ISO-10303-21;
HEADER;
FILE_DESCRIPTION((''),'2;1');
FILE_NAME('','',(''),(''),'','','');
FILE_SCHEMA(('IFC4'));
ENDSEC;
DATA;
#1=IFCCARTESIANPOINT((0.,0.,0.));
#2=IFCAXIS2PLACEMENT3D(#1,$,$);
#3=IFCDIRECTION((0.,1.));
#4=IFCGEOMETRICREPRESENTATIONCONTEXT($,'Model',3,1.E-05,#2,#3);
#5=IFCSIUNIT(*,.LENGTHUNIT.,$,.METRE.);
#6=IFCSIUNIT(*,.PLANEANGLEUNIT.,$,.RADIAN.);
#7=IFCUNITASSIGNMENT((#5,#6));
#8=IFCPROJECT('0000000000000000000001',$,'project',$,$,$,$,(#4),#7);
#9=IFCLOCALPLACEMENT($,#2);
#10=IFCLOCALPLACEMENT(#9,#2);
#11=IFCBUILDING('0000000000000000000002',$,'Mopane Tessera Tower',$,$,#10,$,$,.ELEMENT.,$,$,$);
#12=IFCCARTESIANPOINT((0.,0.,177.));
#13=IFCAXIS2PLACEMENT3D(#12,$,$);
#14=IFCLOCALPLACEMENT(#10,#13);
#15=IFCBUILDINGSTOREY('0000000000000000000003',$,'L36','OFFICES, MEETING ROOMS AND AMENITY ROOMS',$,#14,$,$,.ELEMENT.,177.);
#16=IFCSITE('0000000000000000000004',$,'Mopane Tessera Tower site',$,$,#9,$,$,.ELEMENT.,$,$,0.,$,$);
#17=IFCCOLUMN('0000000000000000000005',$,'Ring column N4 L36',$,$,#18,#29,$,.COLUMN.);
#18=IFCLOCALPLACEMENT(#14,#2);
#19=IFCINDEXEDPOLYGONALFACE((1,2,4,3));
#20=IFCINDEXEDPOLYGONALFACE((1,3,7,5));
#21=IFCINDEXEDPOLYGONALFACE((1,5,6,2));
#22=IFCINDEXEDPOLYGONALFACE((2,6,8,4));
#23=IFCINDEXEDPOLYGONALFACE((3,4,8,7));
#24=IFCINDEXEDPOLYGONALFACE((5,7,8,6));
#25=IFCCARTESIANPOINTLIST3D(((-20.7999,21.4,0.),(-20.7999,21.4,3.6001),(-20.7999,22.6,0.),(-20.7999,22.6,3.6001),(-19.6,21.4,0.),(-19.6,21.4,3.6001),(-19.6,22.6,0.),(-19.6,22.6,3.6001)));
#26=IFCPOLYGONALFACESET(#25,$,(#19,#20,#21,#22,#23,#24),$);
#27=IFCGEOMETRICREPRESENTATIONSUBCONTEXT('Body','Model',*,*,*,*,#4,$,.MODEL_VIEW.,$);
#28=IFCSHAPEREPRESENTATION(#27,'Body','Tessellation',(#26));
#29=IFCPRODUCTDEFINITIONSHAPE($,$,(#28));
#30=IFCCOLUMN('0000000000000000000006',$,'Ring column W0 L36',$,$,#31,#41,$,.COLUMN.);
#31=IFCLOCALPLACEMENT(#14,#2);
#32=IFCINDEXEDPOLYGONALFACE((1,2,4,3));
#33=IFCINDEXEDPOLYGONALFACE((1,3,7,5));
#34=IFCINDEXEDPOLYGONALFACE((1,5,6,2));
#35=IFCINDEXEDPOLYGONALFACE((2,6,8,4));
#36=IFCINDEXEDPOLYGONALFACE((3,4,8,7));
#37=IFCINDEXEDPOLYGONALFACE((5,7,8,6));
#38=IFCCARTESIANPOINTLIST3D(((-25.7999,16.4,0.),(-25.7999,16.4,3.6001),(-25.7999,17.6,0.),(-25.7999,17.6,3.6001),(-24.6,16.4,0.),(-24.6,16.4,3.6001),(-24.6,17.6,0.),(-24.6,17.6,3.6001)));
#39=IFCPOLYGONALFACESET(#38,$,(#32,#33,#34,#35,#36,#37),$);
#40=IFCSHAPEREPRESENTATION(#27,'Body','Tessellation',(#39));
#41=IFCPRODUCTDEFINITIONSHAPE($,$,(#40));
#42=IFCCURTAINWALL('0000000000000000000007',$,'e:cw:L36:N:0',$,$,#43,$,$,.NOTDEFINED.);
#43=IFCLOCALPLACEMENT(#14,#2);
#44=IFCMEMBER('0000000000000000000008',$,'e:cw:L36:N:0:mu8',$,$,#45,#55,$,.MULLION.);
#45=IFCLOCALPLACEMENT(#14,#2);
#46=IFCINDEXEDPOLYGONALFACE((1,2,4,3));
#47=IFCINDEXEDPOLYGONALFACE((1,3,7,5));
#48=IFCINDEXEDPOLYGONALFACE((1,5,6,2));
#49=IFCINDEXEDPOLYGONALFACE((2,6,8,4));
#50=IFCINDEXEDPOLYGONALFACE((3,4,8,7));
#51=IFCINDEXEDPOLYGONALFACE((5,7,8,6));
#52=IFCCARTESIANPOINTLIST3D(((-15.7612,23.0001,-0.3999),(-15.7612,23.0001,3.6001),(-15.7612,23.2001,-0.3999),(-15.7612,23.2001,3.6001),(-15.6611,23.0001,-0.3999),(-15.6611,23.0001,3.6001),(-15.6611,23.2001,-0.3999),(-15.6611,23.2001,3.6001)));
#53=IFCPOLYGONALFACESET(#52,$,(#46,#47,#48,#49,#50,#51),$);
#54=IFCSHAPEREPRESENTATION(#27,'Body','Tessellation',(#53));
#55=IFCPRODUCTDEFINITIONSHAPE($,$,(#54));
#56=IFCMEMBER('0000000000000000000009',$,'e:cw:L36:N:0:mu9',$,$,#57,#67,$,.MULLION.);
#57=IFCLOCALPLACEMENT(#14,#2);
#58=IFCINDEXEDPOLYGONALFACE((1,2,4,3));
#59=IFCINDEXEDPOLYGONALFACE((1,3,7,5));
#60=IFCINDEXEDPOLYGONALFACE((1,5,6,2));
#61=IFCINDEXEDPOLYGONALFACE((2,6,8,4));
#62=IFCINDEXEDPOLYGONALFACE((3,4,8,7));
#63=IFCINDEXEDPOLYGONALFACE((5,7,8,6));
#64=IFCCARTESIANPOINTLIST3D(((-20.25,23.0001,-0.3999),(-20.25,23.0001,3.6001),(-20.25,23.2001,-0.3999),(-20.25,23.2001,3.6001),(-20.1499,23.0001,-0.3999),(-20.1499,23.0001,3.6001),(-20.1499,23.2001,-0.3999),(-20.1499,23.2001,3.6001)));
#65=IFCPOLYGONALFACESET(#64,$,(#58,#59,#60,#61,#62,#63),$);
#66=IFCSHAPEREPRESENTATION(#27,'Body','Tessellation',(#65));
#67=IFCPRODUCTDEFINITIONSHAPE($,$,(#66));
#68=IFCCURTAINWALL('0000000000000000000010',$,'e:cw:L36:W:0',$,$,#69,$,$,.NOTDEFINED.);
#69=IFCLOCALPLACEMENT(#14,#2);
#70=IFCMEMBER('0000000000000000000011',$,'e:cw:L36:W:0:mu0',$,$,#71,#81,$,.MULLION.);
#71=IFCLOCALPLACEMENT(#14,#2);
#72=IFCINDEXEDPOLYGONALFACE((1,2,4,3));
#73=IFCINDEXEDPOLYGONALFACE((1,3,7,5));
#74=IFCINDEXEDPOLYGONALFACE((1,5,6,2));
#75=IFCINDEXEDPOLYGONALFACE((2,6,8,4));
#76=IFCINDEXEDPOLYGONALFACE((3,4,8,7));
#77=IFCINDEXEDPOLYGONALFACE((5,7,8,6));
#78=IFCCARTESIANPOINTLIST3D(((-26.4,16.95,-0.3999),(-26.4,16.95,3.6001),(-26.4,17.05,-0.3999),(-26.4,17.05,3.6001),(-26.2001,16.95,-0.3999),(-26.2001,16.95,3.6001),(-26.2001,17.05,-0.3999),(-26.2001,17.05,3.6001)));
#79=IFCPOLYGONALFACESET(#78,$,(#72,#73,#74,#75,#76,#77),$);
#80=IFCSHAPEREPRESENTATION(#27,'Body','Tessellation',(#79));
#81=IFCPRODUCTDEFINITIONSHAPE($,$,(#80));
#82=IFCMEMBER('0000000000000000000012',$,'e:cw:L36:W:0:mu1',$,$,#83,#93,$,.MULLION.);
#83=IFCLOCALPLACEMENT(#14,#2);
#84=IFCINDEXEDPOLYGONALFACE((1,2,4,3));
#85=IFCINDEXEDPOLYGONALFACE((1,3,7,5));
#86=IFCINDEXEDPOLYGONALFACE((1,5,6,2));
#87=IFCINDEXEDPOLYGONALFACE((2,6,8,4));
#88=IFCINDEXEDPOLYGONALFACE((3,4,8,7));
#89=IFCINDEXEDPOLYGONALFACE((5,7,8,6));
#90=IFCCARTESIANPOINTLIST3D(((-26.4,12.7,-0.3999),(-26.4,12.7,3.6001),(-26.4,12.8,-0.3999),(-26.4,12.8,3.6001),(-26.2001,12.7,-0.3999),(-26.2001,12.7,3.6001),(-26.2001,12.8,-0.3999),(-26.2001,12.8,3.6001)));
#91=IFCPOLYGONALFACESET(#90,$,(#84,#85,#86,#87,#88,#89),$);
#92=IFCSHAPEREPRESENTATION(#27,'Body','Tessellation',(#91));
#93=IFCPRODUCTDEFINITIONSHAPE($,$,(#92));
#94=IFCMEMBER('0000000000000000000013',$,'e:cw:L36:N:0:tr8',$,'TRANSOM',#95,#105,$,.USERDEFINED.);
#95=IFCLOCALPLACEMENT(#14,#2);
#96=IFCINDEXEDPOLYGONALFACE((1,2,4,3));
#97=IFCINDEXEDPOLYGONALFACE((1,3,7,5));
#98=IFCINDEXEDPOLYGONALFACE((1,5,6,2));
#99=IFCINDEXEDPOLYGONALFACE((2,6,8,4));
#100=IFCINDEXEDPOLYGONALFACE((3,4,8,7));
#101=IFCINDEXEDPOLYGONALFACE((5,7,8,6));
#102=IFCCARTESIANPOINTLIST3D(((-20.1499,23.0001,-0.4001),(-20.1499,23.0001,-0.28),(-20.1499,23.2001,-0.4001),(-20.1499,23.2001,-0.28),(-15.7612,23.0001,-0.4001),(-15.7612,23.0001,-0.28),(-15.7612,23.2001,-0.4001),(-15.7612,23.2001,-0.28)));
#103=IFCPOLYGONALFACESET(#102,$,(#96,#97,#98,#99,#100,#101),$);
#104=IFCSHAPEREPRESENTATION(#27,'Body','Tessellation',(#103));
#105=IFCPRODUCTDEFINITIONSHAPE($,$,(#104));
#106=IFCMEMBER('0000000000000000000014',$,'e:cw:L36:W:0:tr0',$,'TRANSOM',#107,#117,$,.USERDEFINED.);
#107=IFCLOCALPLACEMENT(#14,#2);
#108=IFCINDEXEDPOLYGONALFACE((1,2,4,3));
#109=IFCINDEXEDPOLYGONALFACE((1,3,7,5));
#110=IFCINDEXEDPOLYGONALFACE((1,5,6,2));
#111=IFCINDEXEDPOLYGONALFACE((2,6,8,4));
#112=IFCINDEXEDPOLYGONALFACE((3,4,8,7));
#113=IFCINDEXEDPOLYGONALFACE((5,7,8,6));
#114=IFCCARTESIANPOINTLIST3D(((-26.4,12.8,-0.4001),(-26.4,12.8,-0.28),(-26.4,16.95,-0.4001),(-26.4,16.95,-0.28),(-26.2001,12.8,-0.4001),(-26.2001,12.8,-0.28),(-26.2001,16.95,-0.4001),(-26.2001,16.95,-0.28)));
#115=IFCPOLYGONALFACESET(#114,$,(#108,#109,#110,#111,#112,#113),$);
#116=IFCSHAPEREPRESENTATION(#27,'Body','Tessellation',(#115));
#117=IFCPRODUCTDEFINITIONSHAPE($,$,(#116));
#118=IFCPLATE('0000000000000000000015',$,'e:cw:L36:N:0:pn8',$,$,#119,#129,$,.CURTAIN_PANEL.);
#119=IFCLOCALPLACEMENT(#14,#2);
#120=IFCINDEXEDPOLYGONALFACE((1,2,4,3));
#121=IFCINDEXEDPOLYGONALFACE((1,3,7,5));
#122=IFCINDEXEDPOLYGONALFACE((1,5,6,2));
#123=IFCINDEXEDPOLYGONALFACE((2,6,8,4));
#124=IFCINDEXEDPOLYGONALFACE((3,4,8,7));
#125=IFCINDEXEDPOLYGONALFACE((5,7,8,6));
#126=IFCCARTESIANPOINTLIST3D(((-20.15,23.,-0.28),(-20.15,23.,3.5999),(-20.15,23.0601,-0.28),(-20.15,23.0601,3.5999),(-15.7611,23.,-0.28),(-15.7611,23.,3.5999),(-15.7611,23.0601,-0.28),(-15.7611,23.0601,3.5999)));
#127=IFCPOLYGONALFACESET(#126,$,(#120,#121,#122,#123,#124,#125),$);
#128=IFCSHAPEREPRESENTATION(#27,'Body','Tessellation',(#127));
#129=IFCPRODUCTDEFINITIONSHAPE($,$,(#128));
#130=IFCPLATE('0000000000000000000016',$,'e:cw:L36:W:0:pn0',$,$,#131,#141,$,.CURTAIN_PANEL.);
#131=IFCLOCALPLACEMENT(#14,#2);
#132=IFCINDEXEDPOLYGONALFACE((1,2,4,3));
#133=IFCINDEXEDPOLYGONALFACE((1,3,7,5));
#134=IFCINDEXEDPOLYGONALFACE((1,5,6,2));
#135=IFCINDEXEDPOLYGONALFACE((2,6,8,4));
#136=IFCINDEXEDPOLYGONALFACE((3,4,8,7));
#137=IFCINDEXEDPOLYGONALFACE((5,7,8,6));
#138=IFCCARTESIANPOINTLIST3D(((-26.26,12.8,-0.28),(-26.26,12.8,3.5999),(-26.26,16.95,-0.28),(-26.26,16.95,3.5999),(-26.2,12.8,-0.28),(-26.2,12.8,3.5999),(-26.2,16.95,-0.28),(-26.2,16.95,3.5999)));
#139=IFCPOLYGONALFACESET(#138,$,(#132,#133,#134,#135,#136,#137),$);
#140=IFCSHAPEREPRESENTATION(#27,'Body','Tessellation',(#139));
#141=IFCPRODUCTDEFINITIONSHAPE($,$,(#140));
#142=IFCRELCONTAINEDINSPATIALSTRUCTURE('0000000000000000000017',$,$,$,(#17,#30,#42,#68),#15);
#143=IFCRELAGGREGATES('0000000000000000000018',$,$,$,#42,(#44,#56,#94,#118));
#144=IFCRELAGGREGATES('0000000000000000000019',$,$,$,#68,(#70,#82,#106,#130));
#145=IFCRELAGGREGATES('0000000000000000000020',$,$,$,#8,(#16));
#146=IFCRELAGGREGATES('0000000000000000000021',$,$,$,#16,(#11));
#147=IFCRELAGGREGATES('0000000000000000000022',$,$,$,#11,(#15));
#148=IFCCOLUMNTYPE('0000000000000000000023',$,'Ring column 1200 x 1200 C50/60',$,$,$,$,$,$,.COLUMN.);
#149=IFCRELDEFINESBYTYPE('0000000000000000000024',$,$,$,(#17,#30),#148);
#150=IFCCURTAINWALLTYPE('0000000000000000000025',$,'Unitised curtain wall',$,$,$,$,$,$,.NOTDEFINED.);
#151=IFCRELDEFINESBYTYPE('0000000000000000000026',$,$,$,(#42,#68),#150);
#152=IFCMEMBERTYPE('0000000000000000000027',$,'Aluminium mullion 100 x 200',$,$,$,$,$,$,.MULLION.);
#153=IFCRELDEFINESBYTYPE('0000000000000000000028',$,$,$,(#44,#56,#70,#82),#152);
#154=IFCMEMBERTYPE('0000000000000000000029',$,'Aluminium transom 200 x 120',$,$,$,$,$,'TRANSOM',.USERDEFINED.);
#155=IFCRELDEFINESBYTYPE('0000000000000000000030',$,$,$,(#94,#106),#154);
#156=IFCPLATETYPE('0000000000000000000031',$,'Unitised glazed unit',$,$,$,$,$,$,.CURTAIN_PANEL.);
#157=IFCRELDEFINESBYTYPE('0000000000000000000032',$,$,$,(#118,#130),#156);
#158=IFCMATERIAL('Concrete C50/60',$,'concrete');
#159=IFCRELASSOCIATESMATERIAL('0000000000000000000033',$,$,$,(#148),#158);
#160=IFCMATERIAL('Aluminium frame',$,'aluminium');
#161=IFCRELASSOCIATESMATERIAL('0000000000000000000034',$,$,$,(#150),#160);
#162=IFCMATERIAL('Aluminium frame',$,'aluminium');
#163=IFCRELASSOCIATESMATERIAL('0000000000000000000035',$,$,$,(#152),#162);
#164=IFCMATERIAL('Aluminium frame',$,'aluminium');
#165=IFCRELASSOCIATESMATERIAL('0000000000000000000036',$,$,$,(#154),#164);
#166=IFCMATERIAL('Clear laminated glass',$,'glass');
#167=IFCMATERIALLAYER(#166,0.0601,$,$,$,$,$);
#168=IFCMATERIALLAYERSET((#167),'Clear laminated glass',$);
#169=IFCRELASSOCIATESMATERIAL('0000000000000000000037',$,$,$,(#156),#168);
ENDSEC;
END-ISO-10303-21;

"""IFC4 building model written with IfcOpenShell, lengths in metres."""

from ifc_helpers import new_model, si_unit, direction, frame, origin, origin_2d, place, context, subcontext, project, spatial, rectangle, extrude, material, layer, layer_set, material_profile, profile_set, type_object, element, aggregate, save


model = new_model("IFC4")

# Units and contexts
model_context = context("Model", 3, precision=1e-05, world=origin(), true_north=direction((0.0, 1.0)))
body_context = subcontext(model_context, "Body", "Model", "MODEL_VIEW")
ifc_project = project(units=[si_unit("LENGTHUNIT", "METRE"), si_unit("PLANEANGLEUNIT", "RADIAN")], contexts=[model_context])

# Site, building, storey
site_placement = place(None, origin())
site = spatial("IfcSite", under=ifc_project, at=site_placement, Name="Mopane Tessera Tower site", CompositionType="ELEMENT", RefElevation=0.0)
building_placement = place(site_placement, origin())
building = spatial("IfcBuilding", under=site, at=building_placement, Name="Mopane Tessera Tower", CompositionType="ELEMENT")
storey_placement = place(building_placement, frame((0.0, 0.0, 177.0)))
storey = spatial("IfcBuildingStorey", under=building, at=storey_placement, Name="L36", Description="OFFICES, MEETING ROOMS AND AMENITY ROOMS", CompositionType="ELEMENT", Elevation=177.0)

# Columns
ifc_material_1 = material(Name="Concrete C50/60", Category="concrete")
ifc_material_profile_1 = material_profile(ifc_material_1, rectangle(XDim=1.2, YDim=1.2, at=origin_2d()))
ifc_profile_set_1 = profile_set([ifc_material_profile_1], Name="Concrete C50/60")
column_type = type_object("IfcColumnType", Name="Ring column 1200 x 1200 C50/60", PredefinedType="COLUMN", material=ifc_profile_set_1)
for number, where, z_axis, x_axis, name in (
    (1, (-20.2, 22.0, 0.0), (0.0, 0.0, 1.0), (1.0, 0.0, 0.0), "Ring column N4 L36"),
    (2, (-25.2, 17.0, 0.0), (0.0, 0.0, 1.0), (1.0, 0.0, 0.0), "Ring column W0 L36"),
):
    element("IfcColumn", number, at=place(storey_placement, frame(where, z_axis=z_axis, x_axis=x_axis)), inside=storey, type_object=column_type, Name=name, PredefinedType="COLUMN", context=body_context, shape_type="SweptSolid", body=[
        extrude(rectangle(XDim=1.2, YDim=1.2, at=origin_2d()), origin(), (0.0, 0.0, 1.0), 3.6001),
    ])

# Curtain walls, members
ifc_material_2 = material(Name="Aluminium frame", Category="aluminium")
curtain_wall_type = type_object("IfcCurtainWallType", Name="Unitised curtain wall", PredefinedType="NOTDEFINED", material=ifc_material_2)
curtain_wall_1_placement = place(storey_placement, origin())
curtain_wall_1 = element("IfcCurtainWall", 3, at=curtain_wall_1_placement, inside=storey, type_object=curtain_wall_type, Name="e:cw:L36:N:0", PredefinedType="NOTDEFINED")
ifc_material_3 = material(Name="Aluminium frame", Category="aluminium")
ifc_material_profile_2 = material_profile(ifc_material_3, rectangle(XDim=0.1001, YDim=0.2, at=origin_2d()))
ifc_profile_set_2 = profile_set([ifc_material_profile_2], Name="Aluminium frame")
member_type_1 = type_object("IfcMemberType", Name="Aluminium mullion 100 x 200", PredefinedType="MULLION", material=ifc_profile_set_2)
member_1_placement = place(storey_placement, frame((-15.7112, 23.1001, -0.3999), z_axis=(0.0, 0.0, 1.0), x_axis=(-1.0, 0.0, 0.0)))
member_1 = element("IfcMember", 4, at=member_1_placement, type_object=member_type_1, Name="e:cw:L36:N:0:mu8", PredefinedType="MULLION", context=body_context, shape_type="SweptSolid", body=[
    extrude(rectangle(XDim=0.1001, YDim=0.2, at=origin_2d()), origin(), (0.0, 0.0, 1.0), 4.0),
])
member_2_placement = place(storey_placement, frame((-20.2, 23.1001, -0.3999), z_axis=(0.0, 0.0, 1.0), x_axis=(-1.0, 0.0, 0.0)))
member_2 = element("IfcMember", 5, at=member_2_placement, type_object=member_type_1, Name="e:cw:L36:N:0:mu9", PredefinedType="MULLION", context=body_context, shape_type="SweptSolid", body=[
    extrude(rectangle(XDim=0.1001, YDim=0.2, at=origin_2d()), origin(), (0.0, 0.0, 1.0), 4.0),
])
curtain_wall_2_placement = place(storey_placement, origin())
curtain_wall_2 = element("IfcCurtainWall", 6, at=curtain_wall_2_placement, inside=storey, type_object=curtain_wall_type, Name="e:cw:L36:W:0", PredefinedType="NOTDEFINED")
member_3_placement = place(storey_placement, frame((-26.3, 17.0, -0.3999), z_axis=(0.0, 0.0, 1.0), x_axis=(0.0, -1.0, 0.0)))
member_3 = element("IfcMember", 7, at=member_3_placement, type_object=member_type_1, Name="e:cw:L36:W:0:mu0", PredefinedType="MULLION", context=body_context, shape_type="SweptSolid", body=[
    extrude(rectangle(XDim=0.1001, YDim=0.2, at=origin_2d()), origin(), (0.0, 0.0, 1.0), 4.0),
])
member_4_placement = place(storey_placement, frame((-26.3, 12.75, -0.3999), z_axis=(0.0, 0.0, 1.0), x_axis=(0.0, -1.0, 0.0)))
member_4 = element("IfcMember", 8, at=member_4_placement, type_object=member_type_1, Name="e:cw:L36:W:0:mu1", PredefinedType="MULLION", context=body_context, shape_type="SweptSolid", body=[
    extrude(rectangle(XDim=0.1001, YDim=0.2, at=origin_2d()), origin(), (0.0, 0.0, 1.0), 4.0),
])

# Members
ifc_material_4 = material(Name="Aluminium frame", Category="aluminium")
ifc_material_profile_3 = material_profile(ifc_material_4, rectangle(XDim=0.2, YDim=0.1201, at=origin_2d()))
ifc_profile_set_3 = profile_set([ifc_material_profile_3], Name="Aluminium frame")
member_type_2 = type_object("IfcMemberType", Name="Aluminium transom 200 x 120", ElementType="TRANSOM", PredefinedType="USERDEFINED", material=ifc_profile_set_3)
member_5_placement = place(storey_placement, frame((-15.7612, 23.1001, -0.3401), z_axis=(-1.0, 0.0, 0.0), x_axis=(0.0, -1.0, 0.0)))
member_5 = element("IfcMember", 9, at=member_5_placement, type_object=member_type_2, Name="e:cw:L36:N:0:tr8", ObjectType="TRANSOM", PredefinedType="USERDEFINED", context=body_context, shape_type="SweptSolid", body=[
    extrude(rectangle(XDim=0.2, YDim=0.1201, at=origin_2d()), origin(), (0.0, 0.0, 1.0), 4.3887),
])
member_6_placement = place(storey_placement, frame((-26.3, 16.95, -0.3401), z_axis=(0.0, -1.0, 0.0), x_axis=(1.0, 0.0, 0.0)))
member_6 = element("IfcMember", 10, at=member_6_placement, type_object=member_type_2, Name="e:cw:L36:W:0:tr0", ObjectType="TRANSOM", PredefinedType="USERDEFINED", context=body_context, shape_type="SweptSolid", body=[
    extrude(rectangle(XDim=0.2, YDim=0.1201, at=origin_2d()), origin(), (0.0, 0.0, 1.0), 4.1499),
])

# Plates
ifc_material_5 = material(Name="Clear laminated glass", Category="glass")
ifc_layer_1 = layer(ifc_material_5, 0.0601)
ifc_layer_set_1 = layer_set([ifc_layer_1], Name="Clear laminated glass")
plate_type = type_object("IfcPlateType", Name="Unitised glazed unit", PredefinedType="CURTAIN_PANEL", material=ifc_layer_set_1)
plate_1_placement = place(storey_placement, frame((-17.9556, 23.03, -0.28), z_axis=(0.0, 0.0, 1.0), x_axis=(-1.0, 0.0, 0.0)))
plate_1 = element("IfcPlate", 11, at=plate_1_placement, type_object=plate_type, Name="e:cw:L36:N:0:pn8", PredefinedType="CURTAIN_PANEL", context=body_context, shape_type="SweptSolid", body=[
    extrude(rectangle(XDim=4.3889, YDim=0.0601, at=origin_2d()), origin(), (0.0, 0.0, 1.0), 3.8799),
])
aggregate(curtain_wall_1, [member_1, member_2, member_5, plate_1])
plate_2_placement = place(storey_placement, frame((-26.23, 14.875, -0.28), z_axis=(0.0, 0.0, 1.0), x_axis=(0.0, -1.0, 0.0)))
plate_2 = element("IfcPlate", 12, at=plate_2_placement, type_object=plate_type, Name="e:cw:L36:W:0:pn0", PredefinedType="CURTAIN_PANEL", context=body_context, shape_type="SweptSolid", body=[
    extrude(rectangle(XDim=4.1499, YDim=0.0601, at=origin_2d()), origin(), (0.0, 0.0, 1.0), 3.8799),
])
aggregate(curtain_wall_2, [member_3, member_4, member_6, plate_2])

save(model, "model.ifc")
